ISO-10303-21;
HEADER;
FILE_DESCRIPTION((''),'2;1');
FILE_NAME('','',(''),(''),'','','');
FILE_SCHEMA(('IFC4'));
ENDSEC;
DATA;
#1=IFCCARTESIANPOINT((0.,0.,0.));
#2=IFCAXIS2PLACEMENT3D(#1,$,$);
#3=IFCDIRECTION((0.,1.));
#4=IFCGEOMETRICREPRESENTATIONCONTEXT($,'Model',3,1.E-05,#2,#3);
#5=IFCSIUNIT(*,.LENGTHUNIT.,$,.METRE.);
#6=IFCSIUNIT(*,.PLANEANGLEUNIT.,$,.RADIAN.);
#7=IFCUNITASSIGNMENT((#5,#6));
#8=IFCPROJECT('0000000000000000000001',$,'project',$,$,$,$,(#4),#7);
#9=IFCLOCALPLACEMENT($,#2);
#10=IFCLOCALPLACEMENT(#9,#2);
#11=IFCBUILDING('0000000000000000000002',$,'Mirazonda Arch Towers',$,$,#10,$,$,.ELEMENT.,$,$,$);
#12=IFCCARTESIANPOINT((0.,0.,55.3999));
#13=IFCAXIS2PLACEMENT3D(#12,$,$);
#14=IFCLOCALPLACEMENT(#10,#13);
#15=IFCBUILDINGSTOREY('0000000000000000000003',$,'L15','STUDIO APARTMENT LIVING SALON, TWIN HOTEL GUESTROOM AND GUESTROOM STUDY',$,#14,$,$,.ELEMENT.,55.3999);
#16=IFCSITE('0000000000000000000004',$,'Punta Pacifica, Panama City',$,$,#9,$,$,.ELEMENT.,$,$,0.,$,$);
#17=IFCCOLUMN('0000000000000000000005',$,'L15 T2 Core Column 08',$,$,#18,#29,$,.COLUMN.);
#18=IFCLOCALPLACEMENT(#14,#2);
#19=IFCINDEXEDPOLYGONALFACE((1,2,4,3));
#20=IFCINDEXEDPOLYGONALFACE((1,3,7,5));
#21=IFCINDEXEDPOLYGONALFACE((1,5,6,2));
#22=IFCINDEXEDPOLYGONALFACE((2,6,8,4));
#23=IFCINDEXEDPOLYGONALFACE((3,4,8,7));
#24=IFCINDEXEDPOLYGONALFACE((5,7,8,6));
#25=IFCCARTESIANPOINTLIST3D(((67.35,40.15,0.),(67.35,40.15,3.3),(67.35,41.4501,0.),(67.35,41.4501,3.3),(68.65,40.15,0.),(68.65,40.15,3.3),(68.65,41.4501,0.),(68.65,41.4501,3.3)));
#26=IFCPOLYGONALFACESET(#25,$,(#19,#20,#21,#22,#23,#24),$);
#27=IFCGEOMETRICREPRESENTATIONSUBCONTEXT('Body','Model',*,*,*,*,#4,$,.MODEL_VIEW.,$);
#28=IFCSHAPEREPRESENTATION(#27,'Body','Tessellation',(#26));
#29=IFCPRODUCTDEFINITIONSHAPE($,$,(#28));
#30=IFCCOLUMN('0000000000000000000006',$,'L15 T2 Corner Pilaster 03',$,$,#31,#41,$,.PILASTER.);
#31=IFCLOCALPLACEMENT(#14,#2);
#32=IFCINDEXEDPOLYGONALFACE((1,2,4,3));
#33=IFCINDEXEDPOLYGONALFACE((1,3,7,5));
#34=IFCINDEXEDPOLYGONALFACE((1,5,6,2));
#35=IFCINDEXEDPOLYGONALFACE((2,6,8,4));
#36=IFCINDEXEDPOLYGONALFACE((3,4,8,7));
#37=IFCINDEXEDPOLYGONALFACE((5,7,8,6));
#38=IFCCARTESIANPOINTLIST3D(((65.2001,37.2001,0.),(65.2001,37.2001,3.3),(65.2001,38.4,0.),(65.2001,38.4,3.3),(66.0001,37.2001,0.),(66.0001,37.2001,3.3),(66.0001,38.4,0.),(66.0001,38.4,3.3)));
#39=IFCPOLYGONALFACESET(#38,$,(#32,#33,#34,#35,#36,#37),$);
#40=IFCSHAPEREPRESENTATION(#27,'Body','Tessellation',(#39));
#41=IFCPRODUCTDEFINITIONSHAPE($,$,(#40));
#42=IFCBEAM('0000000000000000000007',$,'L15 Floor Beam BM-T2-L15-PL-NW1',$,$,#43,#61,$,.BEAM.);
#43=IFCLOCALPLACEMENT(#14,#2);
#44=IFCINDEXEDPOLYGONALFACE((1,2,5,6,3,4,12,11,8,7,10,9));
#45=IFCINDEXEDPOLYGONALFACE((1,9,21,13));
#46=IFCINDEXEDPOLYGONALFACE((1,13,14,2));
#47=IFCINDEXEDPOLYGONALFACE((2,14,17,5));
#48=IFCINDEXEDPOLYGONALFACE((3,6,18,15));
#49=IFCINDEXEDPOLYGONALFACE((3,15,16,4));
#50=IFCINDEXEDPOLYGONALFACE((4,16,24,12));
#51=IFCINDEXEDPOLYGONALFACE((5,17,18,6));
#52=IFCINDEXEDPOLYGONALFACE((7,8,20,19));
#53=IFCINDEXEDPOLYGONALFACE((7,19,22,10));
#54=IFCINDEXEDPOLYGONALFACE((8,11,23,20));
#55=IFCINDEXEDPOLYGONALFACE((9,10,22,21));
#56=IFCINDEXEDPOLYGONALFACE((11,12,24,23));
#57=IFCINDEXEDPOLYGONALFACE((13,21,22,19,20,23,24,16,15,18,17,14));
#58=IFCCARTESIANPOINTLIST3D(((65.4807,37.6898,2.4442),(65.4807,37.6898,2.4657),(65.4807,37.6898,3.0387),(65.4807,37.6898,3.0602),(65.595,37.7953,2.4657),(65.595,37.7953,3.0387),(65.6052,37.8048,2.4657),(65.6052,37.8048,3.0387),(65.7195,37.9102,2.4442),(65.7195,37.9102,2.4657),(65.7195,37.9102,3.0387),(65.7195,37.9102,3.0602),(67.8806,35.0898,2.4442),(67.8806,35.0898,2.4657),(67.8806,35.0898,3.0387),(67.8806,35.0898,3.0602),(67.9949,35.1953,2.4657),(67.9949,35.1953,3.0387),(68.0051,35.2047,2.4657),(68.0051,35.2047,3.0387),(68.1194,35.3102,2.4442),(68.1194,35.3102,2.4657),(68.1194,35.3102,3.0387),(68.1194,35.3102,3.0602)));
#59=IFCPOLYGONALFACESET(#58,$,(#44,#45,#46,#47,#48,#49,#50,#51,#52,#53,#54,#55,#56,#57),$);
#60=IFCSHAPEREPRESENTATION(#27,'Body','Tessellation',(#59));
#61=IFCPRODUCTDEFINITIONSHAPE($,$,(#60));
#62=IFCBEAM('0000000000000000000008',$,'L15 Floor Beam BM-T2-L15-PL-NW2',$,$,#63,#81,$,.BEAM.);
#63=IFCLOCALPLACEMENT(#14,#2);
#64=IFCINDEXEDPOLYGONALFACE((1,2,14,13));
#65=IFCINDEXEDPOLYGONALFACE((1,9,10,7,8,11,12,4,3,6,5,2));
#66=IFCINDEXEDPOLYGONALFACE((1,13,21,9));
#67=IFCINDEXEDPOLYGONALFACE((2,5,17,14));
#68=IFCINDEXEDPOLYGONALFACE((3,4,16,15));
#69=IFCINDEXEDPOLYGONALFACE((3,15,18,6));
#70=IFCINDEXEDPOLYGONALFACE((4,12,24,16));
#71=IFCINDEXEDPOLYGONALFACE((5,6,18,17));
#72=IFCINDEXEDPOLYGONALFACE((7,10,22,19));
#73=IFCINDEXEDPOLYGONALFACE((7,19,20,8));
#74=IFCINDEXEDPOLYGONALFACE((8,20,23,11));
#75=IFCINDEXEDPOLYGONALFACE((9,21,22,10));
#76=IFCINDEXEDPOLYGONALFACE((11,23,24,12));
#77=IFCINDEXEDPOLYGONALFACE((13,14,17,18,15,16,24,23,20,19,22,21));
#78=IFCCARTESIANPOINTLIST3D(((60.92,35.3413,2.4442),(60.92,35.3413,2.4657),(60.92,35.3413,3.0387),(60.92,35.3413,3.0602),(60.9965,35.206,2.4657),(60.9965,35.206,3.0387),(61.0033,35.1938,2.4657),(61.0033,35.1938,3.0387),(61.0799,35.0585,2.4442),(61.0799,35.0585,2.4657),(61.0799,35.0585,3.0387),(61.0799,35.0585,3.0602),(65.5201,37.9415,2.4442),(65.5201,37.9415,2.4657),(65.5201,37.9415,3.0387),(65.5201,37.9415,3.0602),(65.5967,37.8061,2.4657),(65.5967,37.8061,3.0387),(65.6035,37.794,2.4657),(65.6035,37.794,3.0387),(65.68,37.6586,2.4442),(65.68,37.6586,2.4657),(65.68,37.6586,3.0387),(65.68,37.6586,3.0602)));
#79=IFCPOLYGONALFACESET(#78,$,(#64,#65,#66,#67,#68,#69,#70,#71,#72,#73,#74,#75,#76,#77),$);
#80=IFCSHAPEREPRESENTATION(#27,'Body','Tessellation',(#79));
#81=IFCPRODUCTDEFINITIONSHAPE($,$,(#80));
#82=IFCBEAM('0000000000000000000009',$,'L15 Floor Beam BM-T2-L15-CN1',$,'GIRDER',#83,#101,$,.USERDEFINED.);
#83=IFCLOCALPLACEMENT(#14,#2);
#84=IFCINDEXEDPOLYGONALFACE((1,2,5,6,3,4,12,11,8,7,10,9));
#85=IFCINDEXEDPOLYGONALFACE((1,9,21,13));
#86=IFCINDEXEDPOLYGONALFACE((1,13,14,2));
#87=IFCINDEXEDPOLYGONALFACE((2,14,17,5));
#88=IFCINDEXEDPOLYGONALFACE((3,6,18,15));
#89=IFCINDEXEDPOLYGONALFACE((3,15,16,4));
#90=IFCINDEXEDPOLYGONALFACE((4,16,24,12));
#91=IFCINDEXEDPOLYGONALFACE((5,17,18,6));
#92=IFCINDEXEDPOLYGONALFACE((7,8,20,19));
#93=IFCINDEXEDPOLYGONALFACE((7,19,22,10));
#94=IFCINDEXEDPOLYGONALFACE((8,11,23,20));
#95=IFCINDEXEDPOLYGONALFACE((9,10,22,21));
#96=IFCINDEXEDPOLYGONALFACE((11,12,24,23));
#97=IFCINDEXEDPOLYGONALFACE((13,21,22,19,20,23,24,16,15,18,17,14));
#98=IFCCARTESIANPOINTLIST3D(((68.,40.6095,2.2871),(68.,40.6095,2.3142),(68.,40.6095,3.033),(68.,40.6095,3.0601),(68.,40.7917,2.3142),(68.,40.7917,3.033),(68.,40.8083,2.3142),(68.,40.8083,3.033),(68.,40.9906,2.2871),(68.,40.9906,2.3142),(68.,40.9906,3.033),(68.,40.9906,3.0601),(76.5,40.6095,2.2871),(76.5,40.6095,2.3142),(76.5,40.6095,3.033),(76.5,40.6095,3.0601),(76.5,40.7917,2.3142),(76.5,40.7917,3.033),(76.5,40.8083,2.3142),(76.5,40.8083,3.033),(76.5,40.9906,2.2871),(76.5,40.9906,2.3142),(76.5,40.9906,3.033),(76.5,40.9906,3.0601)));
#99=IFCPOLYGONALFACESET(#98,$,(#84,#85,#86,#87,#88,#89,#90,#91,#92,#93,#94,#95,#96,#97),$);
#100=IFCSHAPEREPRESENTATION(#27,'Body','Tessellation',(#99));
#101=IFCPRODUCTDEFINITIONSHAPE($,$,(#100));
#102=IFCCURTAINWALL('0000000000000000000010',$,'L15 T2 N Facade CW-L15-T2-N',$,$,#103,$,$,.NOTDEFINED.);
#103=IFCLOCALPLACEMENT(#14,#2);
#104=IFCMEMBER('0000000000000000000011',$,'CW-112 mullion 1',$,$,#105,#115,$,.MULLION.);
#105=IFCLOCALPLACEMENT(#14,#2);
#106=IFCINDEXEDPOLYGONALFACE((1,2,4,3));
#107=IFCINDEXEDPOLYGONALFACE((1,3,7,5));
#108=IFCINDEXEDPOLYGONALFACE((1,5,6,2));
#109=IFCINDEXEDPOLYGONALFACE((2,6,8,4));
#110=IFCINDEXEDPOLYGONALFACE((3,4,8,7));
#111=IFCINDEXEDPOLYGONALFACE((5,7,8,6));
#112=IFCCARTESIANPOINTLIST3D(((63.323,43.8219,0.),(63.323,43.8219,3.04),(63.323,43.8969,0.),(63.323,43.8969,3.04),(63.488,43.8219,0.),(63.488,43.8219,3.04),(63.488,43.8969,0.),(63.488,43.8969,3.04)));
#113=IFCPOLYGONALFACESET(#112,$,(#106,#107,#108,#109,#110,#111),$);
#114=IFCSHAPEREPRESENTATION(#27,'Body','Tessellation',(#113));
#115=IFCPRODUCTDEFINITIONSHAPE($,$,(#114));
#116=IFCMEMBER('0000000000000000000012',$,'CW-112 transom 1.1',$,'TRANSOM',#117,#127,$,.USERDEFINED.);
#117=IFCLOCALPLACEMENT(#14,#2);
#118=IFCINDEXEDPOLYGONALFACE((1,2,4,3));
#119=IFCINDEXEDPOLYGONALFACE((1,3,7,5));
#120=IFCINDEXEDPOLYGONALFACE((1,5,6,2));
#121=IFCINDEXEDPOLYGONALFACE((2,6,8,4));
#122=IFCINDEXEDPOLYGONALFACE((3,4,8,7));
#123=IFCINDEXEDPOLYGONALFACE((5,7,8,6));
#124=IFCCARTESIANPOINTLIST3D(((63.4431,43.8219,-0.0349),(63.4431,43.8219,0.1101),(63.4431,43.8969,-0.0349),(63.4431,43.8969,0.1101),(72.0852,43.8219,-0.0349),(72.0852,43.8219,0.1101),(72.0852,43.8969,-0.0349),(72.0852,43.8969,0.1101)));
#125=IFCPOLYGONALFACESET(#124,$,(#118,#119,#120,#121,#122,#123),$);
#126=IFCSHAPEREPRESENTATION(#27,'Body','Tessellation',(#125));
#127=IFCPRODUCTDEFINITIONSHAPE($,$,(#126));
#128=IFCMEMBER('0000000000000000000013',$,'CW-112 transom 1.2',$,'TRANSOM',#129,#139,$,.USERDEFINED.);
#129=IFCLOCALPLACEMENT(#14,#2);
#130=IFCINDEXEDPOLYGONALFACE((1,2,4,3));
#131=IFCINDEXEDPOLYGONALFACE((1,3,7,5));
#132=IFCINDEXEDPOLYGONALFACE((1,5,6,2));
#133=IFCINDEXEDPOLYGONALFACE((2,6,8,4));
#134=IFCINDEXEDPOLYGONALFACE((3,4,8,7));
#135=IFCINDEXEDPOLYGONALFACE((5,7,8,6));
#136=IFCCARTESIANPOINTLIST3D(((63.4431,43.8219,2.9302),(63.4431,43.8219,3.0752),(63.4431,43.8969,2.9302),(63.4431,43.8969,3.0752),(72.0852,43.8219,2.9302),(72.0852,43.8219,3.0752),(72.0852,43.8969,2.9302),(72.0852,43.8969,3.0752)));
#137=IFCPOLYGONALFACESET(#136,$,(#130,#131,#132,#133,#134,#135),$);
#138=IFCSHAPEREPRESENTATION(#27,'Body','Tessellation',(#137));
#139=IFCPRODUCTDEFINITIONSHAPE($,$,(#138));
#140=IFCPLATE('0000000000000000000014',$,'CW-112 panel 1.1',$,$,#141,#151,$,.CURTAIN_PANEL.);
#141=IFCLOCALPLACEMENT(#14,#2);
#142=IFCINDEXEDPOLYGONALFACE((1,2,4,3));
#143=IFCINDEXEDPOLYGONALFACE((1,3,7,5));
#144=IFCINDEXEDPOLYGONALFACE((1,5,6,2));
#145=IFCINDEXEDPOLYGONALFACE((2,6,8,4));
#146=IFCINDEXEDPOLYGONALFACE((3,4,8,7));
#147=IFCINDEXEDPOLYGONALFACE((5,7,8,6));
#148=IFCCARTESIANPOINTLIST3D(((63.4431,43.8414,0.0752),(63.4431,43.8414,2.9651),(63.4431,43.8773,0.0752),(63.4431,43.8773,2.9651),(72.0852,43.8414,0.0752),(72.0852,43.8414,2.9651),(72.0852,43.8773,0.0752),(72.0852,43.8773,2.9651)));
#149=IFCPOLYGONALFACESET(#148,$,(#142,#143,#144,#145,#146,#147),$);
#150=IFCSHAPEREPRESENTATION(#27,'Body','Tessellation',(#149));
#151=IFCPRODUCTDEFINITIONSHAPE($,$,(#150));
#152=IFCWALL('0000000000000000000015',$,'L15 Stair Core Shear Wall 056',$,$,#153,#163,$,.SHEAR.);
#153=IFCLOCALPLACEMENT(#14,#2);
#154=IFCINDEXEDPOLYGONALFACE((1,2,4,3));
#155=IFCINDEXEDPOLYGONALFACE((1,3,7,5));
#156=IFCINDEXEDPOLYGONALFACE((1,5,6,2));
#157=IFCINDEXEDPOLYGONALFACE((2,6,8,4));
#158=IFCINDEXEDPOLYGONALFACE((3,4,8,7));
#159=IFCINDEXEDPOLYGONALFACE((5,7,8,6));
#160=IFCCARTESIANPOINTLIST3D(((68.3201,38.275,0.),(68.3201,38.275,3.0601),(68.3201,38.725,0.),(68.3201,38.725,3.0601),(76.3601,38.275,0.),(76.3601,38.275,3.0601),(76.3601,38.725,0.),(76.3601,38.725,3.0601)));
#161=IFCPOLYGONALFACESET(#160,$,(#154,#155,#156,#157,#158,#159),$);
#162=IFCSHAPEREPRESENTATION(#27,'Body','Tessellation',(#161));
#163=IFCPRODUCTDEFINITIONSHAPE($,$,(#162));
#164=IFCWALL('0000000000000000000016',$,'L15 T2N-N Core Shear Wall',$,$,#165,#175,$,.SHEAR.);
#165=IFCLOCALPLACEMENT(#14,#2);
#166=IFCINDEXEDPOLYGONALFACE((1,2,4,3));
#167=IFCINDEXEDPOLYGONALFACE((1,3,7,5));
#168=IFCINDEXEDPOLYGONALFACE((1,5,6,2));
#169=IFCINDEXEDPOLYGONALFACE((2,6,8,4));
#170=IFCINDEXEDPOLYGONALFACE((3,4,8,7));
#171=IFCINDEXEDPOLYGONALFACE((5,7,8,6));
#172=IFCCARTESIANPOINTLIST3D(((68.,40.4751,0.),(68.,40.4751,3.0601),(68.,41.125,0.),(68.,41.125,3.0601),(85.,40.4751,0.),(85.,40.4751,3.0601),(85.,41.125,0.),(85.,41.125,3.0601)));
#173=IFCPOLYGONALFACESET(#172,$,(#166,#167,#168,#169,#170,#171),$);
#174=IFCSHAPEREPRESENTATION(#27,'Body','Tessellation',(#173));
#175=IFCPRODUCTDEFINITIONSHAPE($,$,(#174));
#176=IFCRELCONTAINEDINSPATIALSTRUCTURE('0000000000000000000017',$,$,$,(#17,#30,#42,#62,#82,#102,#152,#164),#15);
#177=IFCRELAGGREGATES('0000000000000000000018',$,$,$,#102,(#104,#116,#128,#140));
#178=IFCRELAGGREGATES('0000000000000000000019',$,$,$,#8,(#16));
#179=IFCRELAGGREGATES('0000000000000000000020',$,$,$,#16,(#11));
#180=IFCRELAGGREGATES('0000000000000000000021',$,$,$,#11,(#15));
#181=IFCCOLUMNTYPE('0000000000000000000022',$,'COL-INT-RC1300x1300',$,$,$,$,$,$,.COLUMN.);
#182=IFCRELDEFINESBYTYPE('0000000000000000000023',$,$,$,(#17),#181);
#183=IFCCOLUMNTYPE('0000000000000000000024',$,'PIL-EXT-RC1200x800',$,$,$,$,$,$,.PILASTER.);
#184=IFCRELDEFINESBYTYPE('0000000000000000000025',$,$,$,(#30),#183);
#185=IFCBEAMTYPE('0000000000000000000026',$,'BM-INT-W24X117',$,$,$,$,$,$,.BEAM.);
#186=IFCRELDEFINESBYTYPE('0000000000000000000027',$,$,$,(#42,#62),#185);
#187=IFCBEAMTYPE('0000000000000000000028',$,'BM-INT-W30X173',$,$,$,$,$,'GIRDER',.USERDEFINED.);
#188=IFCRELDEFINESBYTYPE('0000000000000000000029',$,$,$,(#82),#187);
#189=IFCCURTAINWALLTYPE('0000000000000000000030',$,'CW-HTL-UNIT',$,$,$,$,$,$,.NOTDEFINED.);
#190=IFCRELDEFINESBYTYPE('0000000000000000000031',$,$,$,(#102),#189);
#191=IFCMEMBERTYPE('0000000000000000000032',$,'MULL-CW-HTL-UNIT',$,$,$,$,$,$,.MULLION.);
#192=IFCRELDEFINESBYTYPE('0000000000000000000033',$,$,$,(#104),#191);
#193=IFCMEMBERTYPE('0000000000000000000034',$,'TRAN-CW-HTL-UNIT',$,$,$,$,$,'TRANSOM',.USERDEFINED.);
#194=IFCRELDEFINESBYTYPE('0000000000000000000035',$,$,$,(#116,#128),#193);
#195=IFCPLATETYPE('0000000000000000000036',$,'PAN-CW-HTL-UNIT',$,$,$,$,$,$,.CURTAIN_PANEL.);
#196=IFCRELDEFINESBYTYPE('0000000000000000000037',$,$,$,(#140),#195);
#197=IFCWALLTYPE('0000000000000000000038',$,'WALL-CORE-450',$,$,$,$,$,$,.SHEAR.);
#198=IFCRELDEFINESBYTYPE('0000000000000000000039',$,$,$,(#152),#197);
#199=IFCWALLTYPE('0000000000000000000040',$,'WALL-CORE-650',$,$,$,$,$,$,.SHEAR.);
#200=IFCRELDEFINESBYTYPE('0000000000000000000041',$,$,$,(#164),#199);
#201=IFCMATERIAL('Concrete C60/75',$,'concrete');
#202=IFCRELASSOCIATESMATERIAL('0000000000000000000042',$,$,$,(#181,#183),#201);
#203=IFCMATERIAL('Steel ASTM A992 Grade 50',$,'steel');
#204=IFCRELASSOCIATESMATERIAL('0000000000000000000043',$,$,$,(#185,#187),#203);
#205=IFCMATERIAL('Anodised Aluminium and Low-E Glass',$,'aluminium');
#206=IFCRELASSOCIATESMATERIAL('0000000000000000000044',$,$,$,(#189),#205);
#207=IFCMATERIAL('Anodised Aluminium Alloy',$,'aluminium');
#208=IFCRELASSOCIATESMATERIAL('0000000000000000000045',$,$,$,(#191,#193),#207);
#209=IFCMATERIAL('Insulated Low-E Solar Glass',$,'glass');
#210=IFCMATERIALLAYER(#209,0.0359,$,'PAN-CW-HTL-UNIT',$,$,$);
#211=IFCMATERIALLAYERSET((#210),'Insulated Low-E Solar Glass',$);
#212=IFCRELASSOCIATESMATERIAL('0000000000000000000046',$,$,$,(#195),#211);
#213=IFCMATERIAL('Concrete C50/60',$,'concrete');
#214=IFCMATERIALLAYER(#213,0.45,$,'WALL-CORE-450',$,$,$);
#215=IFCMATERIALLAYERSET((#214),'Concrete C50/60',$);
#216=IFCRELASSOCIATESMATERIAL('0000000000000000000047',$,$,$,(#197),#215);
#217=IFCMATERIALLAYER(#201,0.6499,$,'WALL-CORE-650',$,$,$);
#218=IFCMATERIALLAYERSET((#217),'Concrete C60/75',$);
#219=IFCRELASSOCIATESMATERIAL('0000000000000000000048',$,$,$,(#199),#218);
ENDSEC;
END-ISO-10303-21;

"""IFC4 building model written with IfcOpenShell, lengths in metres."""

from ifc_helpers import new_model, si_unit, direction, frame, frame_2d, origin, origin_2d, place, context, subcontext, project, spatial, rectangle, i_section, extrude, material, layer, layer_set, material_profile, profile_set, type_object, element, aggregate, save


model = new_model("IFC4")

# Units and contexts
model_context = context("Model", 3, precision=1e-05, world=origin(), true_north=direction((0.0, 1.0)))
body_context = subcontext(model_context, "Body", "Model", "MODEL_VIEW")
ifc_project = project(units=[si_unit("LENGTHUNIT", "METRE"), si_unit("PLANEANGLEUNIT", "RADIAN")], contexts=[model_context])

# Site, building, storey
site_placement = place(None, origin())
site = spatial("IfcSite", under=ifc_project, at=site_placement, Name="Punta Pacifica, Panama City", CompositionType="ELEMENT", RefElevation=0.0)
building_placement = place(site_placement, origin())
building = spatial("IfcBuilding", under=site, at=building_placement, Name="Mirazonda Arch Towers", CompositionType="ELEMENT")
storey_placement = place(building_placement, frame((0.0, 0.0, 55.3999)))
storey = spatial("IfcBuildingStorey", under=building, at=storey_placement, Name="L15", Description="STUDIO APARTMENT LIVING SALON, TWIN HOTEL GUESTROOM AND GUESTROOM STUDY", CompositionType="ELEMENT", Elevation=55.3999)

# Columns
ifc_material_1 = material(Name="Concrete C60/75", Category="concrete")
ifc_material_profile_1 = material_profile(ifc_material_1, rectangle(XDim=1.3, YDim=1.3, at=origin_2d()), Name="RC1300x1300")
ifc_profile_set_1 = profile_set([ifc_material_profile_1], Name="Concrete C60/75")
column_type_1 = type_object("IfcColumnType", Name="COL-INT-RC1300x1300", PredefinedType="COLUMN", material=ifc_profile_set_1)
column_1_placement = place(storey_placement, frame((68.0, 40.8, 0.0), z_axis=(0.0, 0.0, 1.0), x_axis=(1.0, 0.0, 0.0)))
element("IfcColumn", 1, at=column_1_placement, inside=storey, type_object=column_type_1, Name="L15 T2 Core Column 08", PredefinedType="COLUMN", context=body_context, shape_type="SweptSolid", body=[
    extrude(rectangle(XDim=1.3, YDim=1.3, at=origin_2d()), origin(), (0.0, 0.0, 1.0), 3.3),
])
ifc_material_profile_2 = material_profile(ifc_material_1, rectangle(XDim=0.8, YDim=1.2, at=origin_2d()), Name="RC1200x800")
ifc_profile_set_2 = profile_set([ifc_material_profile_2], Name="Concrete C60/75")
column_type_2 = type_object("IfcColumnType", Name="PIL-EXT-RC1200x800", PredefinedType="PILASTER", material=ifc_profile_set_2)
column_2_placement = place(storey_placement, frame((65.6001, 37.8, 0.0), z_axis=(0.0, 0.0, 1.0), x_axis=(1.0, 0.0, 0.0)))
element("IfcColumn", 2, at=column_2_placement, inside=storey, type_object=column_type_2, Name="L15 T2 Corner Pilaster 03", PredefinedType="PILASTER", context=body_context, shape_type="SweptSolid", body=[
    extrude(rectangle(XDim=0.8, YDim=1.2, at=origin_2d()), origin(), (0.0, 0.0, 1.0), 3.3),
])

# Beams
ifc_material_2 = material(Name="Steel ASTM A992 Grade 50", Category="steel")
ifc_material_profile_3 = material_profile(ifc_material_2, i_section(OverallWidth=0.325, OverallDepth=0.616, WebThickness=0.0139, FlangeThickness=0.0215, at=origin_2d()), Name="W24X117")
ifc_profile_set_3 = profile_set([ifc_material_profile_3], Name="Steel ASTM A992 Grade 50")
beam_type_1 = type_object("IfcBeamType", Name="BM-INT-W24X117", PredefinedType="BEAM", material=ifc_profile_set_3)
beam_1_placement = place(storey_placement, frame((65.6001, 37.8, 2.7522), z_axis=(0.678251, -0.73483, 0.0), x_axis=(0.73483, 0.678251, 0.0)))
element("IfcBeam", 3, at=beam_1_placement, inside=storey, type_object=beam_type_1, Name="L15 Floor Beam BM-T2-L15-PL-NW1", PredefinedType="BEAM", context=body_context, shape_type="SweptSolid", body=[
    extrude(i_section(OverallWidth=0.325, OverallDepth=0.616, WebThickness=0.0139, FlangeThickness=0.0215, at=origin_2d()), origin(), (0.0, 0.0, 1.0), 3.5383),
])
beam_2_placement = place(storey_placement, frame((65.6001, 37.8, 2.7522), z_axis=(-0.870559, -0.492063, 0.0), x_axis=(0.492063, -0.870559, 0.0)))
element("IfcBeam", 4, at=beam_2_placement, inside=storey, type_object=beam_type_1, Name="L15 Floor Beam BM-T2-L15-PL-NW2", PredefinedType="BEAM", context=body_context, shape_type="SweptSolid", body=[
    extrude(i_section(OverallWidth=0.325, OverallDepth=0.616, WebThickness=0.0139, FlangeThickness=0.0215, at=origin_2d()), origin(), (0.0, 0.0, 1.0), 5.2842),
])
ifc_material_profile_4 = material_profile(ifc_material_2, i_section(OverallWidth=0.3811, OverallDepth=0.7729, WebThickness=0.0166, FlangeThickness=0.0271, at=origin_2d()), Name="W30X173")
ifc_profile_set_4 = profile_set([ifc_material_profile_4], Name="Steel ASTM A992 Grade 50")
beam_type_2 = type_object("IfcBeamType", Name="BM-INT-W30X173", ElementType="GIRDER", PredefinedType="USERDEFINED", material=ifc_profile_set_4)
beam_3_placement = place(storey_placement, frame((68.0, 40.8, 2.6736), z_axis=(1.0, 0.0, 0.0), x_axis=(0.0, 1.0, 0.0)))
element("IfcBeam", 5, at=beam_3_placement, inside=storey, type_object=beam_type_2, Name="L15 Floor Beam BM-T2-L15-CN1", ObjectType="GIRDER", PredefinedType="USERDEFINED", context=body_context, shape_type="SweptSolid", body=[
    extrude(i_section(OverallWidth=0.3811, OverallDepth=0.7729, WebThickness=0.0166, FlangeThickness=0.0271, at=origin_2d()), origin(), (0.0, 0.0, 1.0), 8.5),
])

# Curtain wall, members, plate
ifc_material_3 = material(Name="Anodised Aluminium and Low-E Glass", Category="aluminium")
curtain_wall_type = type_object("IfcCurtainWallType", Name="CW-HTL-UNIT", PredefinedType="NOTDEFINED", material=ifc_material_3)
curtain_wall_placement = place(storey_placement, origin())
curtain_wall = element("IfcCurtainWall", 6, at=curtain_wall_placement, inside=storey, type_object=curtain_wall_type, Name="L15 T2 N Facade CW-L15-T2-N", PredefinedType="NOTDEFINED")
ifc_material_4 = material(Name="Anodised Aluminium Alloy", Category="aluminium")
ifc_material_profile_5 = material_profile(ifc_material_4, rectangle(XDim=0.075, YDim=0.165, at=origin_2d()), Name="ALU-MULL-75x165")
ifc_profile_set_5 = profile_set([ifc_material_profile_5], Name="Anodised Aluminium Alloy")
member_type_1 = type_object("IfcMemberType", Name="MULL-CW-HTL-UNIT", PredefinedType="MULLION", material=ifc_profile_set_5)
member_1_placement = place(storey_placement, frame((63.4055, 43.8594, 0.0), z_axis=(0.0, 0.0, 1.0), x_axis=(0.0, 1.0, 0.0)))
member_1 = element("IfcMember", 7, at=member_1_placement, type_object=member_type_1, Name="CW-112 mullion 1", PredefinedType="MULLION", context=body_context, shape_type="SweptSolid", body=[
    extrude(rectangle(XDim=0.075, YDim=0.165, at=origin_2d()), origin(), (0.0, 0.0, 1.0), 3.04),
])
ifc_material_profile_6 = material_profile(ifc_material_4, rectangle(XDim=0.075, YDim=0.145, at=origin_2d()), Name="ALU-TRAN-75x145")
ifc_profile_set_6 = profile_set([ifc_material_profile_6], Name="Anodised Aluminium Alloy")
member_type_2 = type_object("IfcMemberType", Name="TRAN-CW-HTL-UNIT", ElementType="TRANSOM", PredefinedType="USERDEFINED", material=ifc_profile_set_6)
member_2_placement = place(storey_placement, frame((63.4431, 43.8594, 0.0376), z_axis=(1.0, 0.0, 0.0), x_axis=(0.0, 1.0, 0.0)))
member_2 = element("IfcMember", 8, at=member_2_placement, type_object=member_type_2, Name="CW-112 transom 1.1", ObjectType="TRANSOM", PredefinedType="USERDEFINED", context=body_context, shape_type="SweptSolid", body=[
    extrude(rectangle(XDim=0.075, YDim=0.145, at=origin_2d()), origin(), (0.0, 0.0, 1.0), 8.6421),
])
member_3_placement = place(storey_placement, frame((63.4431, 43.8594, 3.0027), z_axis=(1.0, 0.0, 0.0), x_axis=(0.0, 1.0, 0.0)))
member_3 = element("IfcMember", 9, at=member_3_placement, type_object=member_type_2, Name="CW-112 transom 1.2", ObjectType="TRANSOM", PredefinedType="USERDEFINED", context=body_context, shape_type="SweptSolid", body=[
    extrude(rectangle(XDim=0.075, YDim=0.145, at=origin_2d()), origin(), (0.0, 0.0, 1.0), 8.6421),
])
ifc_material_5 = material(Name="Insulated Low-E Solar Glass", Category="glass")
ifc_layer_1 = layer(ifc_material_5, 0.0359, Name="PAN-CW-HTL-UNIT")
ifc_layer_set_1 = layer_set([ifc_layer_1], Name="Insulated Low-E Solar Glass")
plate_type = type_object("IfcPlateType", Name="PAN-CW-HTL-UNIT", PredefinedType="CURTAIN_PANEL", material=ifc_layer_set_1)
plate_placement = place(storey_placement, frame((67.7642, 43.8594, 0.0752), z_axis=(0.0, 0.0, 1.0), x_axis=(1.0, 0.0, 0.0)))
plate = element("IfcPlate", 10, at=plate_placement, type_object=plate_type, Name="CW-112 panel 1.1", PredefinedType="CURTAIN_PANEL", context=body_context, shape_type="SweptSolid", body=[
    extrude(rectangle(XDim=8.6421, YDim=0.0359, at=origin_2d()), origin(), (0.0, 0.0, 1.0), 2.8899),
])
aggregate(curtain_wall, [member_1, member_2, member_3, plate])

# Walls
ifc_material_6 = material(Name="Concrete C50/60", Category="concrete")
ifc_layer_2 = layer(ifc_material_6, 0.45, Name="WALL-CORE-450")
ifc_layer_set_2 = layer_set([ifc_layer_2], Name="Concrete C50/60")
wall_type_1 = type_object("IfcWallType", Name="WALL-CORE-450", PredefinedType="SHEAR", material=ifc_layer_set_2)
wall_1_placement = place(storey_placement, frame((68.3201, 38.5, 0.0), z_axis=(0.0, 0.0, 1.0), x_axis=(1.0, 0.0, 0.0)))
element("IfcWall", 11, at=wall_1_placement, inside=storey, type_object=wall_type_1, Name="L15 Stair Core Shear Wall 056", PredefinedType="SHEAR", context=body_context, shape_type="SweptSolid", body=[
    extrude(rectangle(XDim=8.04, YDim=0.45, at=frame_2d((4.02, 0.0))), origin(), (0.0, 0.0, 1.0), 3.0601),
])
ifc_layer_3 = layer(ifc_material_1, 0.6499, Name="WALL-CORE-650")
ifc_layer_set_3 = layer_set([ifc_layer_3], Name="Concrete C60/75")
wall_type_2 = type_object("IfcWallType", Name="WALL-CORE-650", PredefinedType="SHEAR", material=ifc_layer_set_3)
wall_2_placement = place(storey_placement, frame((68.0, 40.8, 0.0), z_axis=(0.0, 0.0, 1.0), x_axis=(1.0, 0.0, 0.0)))
element("IfcWall", 12, at=wall_2_placement, inside=storey, type_object=wall_type_2, Name="L15 T2N-N Core Shear Wall", PredefinedType="SHEAR", context=body_context, shape_type="SweptSolid", body=[
    extrude(rectangle(XDim=17.0, YDim=0.6499, at=frame_2d((8.5, 0.0))), origin(), (0.0, 0.0, 1.0), 3.0601),
])

save(model, "model.ifc")
